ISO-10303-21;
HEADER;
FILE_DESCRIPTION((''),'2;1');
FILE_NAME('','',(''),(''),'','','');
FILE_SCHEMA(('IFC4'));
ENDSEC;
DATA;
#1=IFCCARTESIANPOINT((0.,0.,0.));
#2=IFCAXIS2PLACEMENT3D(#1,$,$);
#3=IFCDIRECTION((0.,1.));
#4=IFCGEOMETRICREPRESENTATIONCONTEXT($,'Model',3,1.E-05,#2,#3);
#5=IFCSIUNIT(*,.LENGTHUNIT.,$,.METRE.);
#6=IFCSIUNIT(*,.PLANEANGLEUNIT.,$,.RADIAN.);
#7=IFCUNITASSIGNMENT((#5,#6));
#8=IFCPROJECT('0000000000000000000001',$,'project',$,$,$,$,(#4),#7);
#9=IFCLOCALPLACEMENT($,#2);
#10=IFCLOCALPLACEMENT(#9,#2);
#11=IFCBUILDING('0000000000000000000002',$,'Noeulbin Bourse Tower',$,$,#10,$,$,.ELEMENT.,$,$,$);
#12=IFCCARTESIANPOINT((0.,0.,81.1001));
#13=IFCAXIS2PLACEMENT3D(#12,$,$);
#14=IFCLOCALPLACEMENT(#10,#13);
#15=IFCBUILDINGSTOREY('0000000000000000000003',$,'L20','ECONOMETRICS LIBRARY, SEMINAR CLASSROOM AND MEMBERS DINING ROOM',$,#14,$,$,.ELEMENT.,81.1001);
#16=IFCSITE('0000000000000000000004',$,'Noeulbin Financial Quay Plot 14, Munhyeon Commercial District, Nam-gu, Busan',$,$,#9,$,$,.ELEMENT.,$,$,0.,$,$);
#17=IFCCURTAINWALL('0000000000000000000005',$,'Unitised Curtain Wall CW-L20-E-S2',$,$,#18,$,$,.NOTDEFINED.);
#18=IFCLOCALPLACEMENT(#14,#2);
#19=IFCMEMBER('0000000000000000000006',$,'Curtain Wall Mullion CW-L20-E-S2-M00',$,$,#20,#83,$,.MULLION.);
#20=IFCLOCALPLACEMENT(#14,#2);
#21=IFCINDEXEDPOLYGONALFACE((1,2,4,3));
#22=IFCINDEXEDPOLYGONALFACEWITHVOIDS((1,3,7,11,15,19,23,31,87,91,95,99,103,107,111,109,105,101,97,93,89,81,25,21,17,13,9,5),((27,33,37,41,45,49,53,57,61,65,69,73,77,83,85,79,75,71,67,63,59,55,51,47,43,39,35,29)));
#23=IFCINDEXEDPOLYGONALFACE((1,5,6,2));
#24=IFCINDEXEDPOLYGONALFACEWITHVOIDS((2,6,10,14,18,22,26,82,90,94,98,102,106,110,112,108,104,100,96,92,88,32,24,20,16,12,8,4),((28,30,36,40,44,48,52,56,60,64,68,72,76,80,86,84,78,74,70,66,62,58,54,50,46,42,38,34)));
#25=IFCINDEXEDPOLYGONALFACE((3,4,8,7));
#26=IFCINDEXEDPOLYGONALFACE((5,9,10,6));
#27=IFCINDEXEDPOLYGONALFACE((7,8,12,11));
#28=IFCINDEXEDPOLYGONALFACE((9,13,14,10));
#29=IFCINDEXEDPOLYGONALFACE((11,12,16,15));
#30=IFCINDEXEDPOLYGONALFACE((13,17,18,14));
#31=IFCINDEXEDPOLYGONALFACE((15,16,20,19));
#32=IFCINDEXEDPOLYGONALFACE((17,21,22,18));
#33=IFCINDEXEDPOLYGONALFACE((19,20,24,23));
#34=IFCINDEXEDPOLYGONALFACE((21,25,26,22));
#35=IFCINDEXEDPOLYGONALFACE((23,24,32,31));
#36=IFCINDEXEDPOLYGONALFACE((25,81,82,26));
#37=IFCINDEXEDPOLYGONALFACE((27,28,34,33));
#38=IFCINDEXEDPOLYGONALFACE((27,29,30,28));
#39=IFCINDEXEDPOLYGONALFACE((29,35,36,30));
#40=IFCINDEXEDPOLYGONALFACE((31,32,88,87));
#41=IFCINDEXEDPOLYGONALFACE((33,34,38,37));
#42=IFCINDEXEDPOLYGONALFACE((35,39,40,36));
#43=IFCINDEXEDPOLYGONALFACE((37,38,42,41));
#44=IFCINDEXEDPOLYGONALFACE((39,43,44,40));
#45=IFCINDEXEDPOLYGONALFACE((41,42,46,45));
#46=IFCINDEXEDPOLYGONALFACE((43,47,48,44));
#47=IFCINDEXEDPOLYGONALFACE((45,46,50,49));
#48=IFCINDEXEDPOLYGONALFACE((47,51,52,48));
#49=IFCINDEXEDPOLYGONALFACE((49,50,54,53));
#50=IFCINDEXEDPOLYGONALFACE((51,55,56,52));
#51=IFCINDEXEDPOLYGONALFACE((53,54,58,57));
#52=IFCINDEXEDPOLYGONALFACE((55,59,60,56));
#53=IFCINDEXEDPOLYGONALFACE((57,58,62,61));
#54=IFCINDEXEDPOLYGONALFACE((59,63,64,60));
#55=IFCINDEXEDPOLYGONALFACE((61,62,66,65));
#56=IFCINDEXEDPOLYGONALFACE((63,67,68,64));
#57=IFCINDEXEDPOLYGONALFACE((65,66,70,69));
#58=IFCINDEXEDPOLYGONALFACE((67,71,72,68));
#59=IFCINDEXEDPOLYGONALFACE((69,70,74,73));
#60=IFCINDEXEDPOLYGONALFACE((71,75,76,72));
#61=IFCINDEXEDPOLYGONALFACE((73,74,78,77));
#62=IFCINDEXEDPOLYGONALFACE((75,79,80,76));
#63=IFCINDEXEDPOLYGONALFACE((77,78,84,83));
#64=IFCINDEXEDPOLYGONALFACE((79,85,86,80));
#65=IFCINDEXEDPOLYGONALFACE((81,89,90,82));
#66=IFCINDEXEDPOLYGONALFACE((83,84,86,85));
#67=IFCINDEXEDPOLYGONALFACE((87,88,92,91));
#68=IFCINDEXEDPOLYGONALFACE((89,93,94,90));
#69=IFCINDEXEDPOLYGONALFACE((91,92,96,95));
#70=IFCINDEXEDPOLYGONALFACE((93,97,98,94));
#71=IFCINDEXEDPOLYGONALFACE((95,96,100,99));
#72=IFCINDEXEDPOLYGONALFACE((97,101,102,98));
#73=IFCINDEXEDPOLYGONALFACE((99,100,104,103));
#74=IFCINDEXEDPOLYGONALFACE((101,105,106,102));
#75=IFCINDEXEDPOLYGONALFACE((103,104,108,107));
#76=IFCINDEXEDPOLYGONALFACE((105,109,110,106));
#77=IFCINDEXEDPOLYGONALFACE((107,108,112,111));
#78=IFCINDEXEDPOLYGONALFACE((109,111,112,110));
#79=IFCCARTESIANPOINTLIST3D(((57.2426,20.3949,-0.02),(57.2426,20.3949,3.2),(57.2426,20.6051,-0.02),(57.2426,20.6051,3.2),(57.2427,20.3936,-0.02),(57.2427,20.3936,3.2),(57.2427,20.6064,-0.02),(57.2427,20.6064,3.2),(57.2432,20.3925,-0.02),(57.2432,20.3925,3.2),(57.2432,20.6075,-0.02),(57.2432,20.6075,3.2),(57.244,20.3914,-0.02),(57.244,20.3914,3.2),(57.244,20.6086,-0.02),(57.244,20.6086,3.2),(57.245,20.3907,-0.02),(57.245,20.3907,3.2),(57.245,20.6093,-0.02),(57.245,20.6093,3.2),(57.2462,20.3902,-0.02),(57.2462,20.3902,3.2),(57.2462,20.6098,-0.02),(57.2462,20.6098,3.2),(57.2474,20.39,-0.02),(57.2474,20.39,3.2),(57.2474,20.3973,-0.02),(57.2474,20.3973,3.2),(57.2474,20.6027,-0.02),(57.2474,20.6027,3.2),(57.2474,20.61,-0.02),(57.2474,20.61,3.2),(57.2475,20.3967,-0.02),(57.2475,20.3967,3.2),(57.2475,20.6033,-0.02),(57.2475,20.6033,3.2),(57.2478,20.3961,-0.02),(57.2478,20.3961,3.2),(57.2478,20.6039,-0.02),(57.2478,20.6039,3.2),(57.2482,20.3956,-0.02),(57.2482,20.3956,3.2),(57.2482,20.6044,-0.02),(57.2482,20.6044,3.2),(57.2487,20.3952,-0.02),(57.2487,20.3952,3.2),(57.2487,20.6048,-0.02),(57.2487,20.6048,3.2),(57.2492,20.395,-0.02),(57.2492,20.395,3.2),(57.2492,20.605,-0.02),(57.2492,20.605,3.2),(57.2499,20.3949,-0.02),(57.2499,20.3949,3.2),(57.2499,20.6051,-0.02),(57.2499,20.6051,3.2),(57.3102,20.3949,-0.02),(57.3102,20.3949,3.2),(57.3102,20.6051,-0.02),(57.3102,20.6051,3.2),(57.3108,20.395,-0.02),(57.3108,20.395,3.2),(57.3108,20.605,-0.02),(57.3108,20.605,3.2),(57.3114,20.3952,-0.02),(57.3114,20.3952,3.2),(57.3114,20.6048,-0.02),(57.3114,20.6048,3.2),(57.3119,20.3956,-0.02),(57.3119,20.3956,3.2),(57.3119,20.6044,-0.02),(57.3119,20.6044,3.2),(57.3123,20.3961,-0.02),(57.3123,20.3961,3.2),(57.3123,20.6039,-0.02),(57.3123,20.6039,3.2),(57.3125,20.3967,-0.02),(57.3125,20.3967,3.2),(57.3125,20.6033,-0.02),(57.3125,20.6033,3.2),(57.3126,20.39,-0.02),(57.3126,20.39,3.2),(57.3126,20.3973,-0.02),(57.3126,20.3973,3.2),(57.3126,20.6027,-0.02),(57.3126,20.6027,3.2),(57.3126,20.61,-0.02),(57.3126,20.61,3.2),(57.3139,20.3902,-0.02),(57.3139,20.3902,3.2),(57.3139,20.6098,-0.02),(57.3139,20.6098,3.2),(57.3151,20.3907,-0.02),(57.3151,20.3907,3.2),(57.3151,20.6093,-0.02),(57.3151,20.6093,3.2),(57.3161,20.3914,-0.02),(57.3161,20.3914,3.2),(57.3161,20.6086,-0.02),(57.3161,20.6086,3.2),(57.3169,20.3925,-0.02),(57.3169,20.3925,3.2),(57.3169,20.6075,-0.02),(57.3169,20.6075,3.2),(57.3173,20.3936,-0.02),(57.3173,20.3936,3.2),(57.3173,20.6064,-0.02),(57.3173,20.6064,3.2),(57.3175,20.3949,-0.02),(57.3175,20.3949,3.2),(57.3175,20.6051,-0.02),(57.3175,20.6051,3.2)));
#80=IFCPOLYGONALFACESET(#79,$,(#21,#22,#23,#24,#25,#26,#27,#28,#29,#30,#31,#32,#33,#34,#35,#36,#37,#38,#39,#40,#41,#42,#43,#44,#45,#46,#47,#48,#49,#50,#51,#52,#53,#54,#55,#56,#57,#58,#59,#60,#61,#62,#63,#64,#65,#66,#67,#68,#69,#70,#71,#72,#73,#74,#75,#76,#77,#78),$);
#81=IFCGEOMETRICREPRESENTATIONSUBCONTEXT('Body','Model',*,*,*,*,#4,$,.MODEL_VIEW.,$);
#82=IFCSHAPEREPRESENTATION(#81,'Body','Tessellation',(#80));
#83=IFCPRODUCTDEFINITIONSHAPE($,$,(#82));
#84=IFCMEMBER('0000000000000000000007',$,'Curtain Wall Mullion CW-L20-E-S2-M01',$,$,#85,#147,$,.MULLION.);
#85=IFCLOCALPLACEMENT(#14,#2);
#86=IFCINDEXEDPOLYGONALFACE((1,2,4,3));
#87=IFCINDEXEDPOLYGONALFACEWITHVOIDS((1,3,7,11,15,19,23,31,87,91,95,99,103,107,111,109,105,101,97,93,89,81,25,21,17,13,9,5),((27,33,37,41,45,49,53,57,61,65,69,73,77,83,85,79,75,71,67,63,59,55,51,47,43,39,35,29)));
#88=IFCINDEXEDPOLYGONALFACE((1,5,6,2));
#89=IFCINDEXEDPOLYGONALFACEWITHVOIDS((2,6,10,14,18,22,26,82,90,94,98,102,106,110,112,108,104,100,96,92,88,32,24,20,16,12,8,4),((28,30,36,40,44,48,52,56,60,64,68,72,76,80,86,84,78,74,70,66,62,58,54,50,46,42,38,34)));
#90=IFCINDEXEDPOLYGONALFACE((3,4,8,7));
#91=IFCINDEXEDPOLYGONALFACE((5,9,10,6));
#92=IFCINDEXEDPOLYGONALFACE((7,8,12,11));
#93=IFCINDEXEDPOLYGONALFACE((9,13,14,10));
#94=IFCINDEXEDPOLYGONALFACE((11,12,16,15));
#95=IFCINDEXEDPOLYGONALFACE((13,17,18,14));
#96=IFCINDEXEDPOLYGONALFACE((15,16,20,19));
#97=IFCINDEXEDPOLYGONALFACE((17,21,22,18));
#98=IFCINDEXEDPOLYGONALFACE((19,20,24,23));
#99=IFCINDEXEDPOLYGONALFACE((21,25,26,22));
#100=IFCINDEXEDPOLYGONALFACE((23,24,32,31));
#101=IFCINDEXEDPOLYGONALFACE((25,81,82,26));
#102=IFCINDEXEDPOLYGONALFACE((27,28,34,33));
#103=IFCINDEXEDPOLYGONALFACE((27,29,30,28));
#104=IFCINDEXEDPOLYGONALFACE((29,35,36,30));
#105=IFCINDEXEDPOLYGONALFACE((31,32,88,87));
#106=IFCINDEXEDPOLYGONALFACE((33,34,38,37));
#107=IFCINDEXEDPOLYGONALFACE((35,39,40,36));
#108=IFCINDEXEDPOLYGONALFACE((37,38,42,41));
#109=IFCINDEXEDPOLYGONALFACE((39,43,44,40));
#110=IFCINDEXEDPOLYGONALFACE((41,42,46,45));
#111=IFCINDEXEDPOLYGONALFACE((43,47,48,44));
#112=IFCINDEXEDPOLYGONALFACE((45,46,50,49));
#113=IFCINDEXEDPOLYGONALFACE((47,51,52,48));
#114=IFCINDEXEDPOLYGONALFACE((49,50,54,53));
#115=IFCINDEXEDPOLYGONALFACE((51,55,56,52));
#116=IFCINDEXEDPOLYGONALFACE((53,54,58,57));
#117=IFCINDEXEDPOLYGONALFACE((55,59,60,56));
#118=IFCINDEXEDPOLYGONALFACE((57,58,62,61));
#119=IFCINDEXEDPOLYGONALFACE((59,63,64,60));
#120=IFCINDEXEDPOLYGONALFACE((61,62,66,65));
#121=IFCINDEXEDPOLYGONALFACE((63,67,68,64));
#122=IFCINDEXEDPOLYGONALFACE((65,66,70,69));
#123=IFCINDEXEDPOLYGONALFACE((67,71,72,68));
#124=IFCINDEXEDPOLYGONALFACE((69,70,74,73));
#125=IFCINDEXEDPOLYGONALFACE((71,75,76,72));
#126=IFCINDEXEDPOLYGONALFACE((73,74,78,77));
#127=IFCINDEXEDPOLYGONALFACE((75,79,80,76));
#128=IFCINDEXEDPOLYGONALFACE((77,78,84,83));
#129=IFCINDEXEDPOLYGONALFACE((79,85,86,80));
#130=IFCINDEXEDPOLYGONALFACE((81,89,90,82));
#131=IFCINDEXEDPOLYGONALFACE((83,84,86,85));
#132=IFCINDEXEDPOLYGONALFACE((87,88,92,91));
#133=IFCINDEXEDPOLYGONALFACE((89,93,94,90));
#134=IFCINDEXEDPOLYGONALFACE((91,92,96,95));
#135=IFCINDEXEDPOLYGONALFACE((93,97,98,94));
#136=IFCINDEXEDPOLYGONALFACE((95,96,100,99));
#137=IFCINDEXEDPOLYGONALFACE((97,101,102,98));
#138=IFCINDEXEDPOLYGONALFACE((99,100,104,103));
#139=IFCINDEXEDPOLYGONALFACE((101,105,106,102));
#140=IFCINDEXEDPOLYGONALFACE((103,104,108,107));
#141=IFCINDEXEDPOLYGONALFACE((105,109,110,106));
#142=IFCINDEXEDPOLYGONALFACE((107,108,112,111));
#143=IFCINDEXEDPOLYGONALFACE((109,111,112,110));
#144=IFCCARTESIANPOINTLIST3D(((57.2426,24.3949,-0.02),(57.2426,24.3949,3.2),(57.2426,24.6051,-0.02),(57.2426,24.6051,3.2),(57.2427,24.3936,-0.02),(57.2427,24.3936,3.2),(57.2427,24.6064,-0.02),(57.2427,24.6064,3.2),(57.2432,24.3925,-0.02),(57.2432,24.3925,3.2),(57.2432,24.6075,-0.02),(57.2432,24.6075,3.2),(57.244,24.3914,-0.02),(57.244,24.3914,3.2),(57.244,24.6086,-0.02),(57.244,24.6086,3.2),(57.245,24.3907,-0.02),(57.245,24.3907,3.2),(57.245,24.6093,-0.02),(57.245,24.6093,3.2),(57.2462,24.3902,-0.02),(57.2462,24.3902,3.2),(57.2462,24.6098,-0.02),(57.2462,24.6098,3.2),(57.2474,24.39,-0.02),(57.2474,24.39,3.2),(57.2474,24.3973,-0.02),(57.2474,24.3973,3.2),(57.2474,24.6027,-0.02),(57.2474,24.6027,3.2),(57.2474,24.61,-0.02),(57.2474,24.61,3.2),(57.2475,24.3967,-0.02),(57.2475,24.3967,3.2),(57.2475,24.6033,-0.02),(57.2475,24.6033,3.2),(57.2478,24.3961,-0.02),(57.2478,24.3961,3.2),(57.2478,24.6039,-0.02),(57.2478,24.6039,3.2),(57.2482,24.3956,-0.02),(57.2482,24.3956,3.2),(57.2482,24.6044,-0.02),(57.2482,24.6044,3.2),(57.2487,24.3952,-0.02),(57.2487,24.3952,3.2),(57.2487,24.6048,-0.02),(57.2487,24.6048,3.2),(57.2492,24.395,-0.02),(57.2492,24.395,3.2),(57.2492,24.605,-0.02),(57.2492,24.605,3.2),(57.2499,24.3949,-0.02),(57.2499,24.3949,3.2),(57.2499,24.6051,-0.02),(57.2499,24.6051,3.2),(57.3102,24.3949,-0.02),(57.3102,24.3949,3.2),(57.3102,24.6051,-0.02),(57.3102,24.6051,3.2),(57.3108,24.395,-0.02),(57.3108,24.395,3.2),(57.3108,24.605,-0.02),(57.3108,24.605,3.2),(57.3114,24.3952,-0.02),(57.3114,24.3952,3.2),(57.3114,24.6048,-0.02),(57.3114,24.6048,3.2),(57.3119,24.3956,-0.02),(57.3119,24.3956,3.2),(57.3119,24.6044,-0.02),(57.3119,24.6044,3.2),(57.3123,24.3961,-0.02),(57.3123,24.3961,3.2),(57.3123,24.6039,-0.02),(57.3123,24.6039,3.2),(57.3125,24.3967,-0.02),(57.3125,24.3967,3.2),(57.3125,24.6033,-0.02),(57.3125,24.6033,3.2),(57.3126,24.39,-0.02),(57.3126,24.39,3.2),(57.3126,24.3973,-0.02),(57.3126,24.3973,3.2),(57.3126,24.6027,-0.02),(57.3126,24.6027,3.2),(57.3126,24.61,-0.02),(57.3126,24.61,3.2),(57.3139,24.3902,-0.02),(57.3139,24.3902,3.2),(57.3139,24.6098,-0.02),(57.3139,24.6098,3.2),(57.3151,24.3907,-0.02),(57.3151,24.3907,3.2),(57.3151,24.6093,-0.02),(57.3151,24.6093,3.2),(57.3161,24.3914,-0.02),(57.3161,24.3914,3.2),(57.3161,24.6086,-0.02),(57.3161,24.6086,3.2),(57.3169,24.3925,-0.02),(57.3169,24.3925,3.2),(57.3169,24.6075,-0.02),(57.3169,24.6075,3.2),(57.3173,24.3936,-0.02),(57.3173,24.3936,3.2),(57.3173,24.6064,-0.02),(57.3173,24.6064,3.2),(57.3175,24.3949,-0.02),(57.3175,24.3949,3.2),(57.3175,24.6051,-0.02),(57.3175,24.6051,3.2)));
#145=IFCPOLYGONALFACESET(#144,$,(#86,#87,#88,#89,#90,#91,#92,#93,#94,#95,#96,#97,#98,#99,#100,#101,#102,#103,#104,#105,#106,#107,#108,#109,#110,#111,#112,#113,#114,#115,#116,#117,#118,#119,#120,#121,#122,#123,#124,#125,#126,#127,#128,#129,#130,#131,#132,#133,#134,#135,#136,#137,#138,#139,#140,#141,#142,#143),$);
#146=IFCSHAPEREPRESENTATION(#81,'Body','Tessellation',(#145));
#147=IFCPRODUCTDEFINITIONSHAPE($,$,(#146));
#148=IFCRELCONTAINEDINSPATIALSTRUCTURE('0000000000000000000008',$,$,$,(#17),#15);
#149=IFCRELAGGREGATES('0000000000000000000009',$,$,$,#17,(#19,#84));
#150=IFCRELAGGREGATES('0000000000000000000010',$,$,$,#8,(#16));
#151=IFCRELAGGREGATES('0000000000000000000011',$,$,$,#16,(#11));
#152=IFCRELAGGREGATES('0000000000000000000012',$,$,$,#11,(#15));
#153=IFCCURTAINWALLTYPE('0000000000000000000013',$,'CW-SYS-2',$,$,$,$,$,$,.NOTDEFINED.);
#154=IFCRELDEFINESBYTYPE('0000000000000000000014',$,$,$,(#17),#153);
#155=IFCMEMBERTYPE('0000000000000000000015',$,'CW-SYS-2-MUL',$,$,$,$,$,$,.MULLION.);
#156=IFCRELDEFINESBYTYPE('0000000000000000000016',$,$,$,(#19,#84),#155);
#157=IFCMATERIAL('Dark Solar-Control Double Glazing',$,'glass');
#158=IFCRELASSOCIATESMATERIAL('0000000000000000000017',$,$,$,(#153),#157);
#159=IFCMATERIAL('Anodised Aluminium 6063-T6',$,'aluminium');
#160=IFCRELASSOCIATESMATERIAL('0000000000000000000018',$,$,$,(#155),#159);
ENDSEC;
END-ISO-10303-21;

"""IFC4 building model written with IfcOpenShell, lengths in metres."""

from ifc_helpers import new_model, si_unit, direction, frame, origin, origin_2d, place, context, subcontext, project, spatial, hollow_rectangle, extrude, material, material_profile, profile_set, type_object, element, aggregate, save


model = new_model("IFC4")

# Units and contexts
model_context = context("Model", 3, precision=1e-05, world=origin(), true_north=direction((0.0, 1.0)))
body_context = subcontext(model_context, "Body", "Model", "MODEL_VIEW")
ifc_project = project(units=[si_unit("LENGTHUNIT", "METRE"), si_unit("PLANEANGLEUNIT", "RADIAN")], contexts=[model_context])

# Site, building, storey
site_placement = place(None, origin())
site = spatial("IfcSite", under=ifc_project, at=site_placement, Name="Noeulbin Financial Quay Plot 14, Munhyeon Commercial District, Nam-gu, Busan", CompositionType="ELEMENT", RefElevation=0.0)
building_placement = place(site_placement, origin())
building = spatial("IfcBuilding", under=site, at=building_placement, Name="Noeulbin Bourse Tower", CompositionType="ELEMENT")
storey_placement = place(building_placement, frame((0.0, 0.0, 81.1001)))
storey = spatial("IfcBuildingStorey", under=building, at=storey_placement, Name="L20", Description="ECONOMETRICS LIBRARY, SEMINAR CLASSROOM AND MEMBERS DINING ROOM", CompositionType="ELEMENT", Elevation=81.1001)

# Shared definitions
ifc_material_1 = material(Name="Dark Solar-Control Double Glazing", Category="glass")
curtain_wall_type = type_object("IfcCurtainWallType", Name="CW-SYS-2", PredefinedType="NOTDEFINED", material=ifc_material_1)
ifc_material_2 = material(Name="Anodised Aluminium 6063-T6", Category="aluminium")
ifc_material_profile_1 = material_profile(ifc_material_2, hollow_rectangle(XDim=0.075, YDim=0.22, WallThickness=0.0049, InnerFilletRadius=0.0024, OuterFilletRadius=0.0049, at=origin_2d()), Name="ALU-MULL-75x220x5", Category="LoadBearing")
ifc_profile_set_1 = profile_set([ifc_material_profile_1], Name="Anodised Aluminium 6063-T6")
member_type_1 = type_object("IfcMemberType", Name="CW-SYS-2-MUL", PredefinedType="MULLION", material=ifc_profile_set_1)

# Curtain wall, members
curtain_wall_1_placement = place(storey_placement, origin())
curtain_wall_1 = element("IfcCurtainWall", 1, at=curtain_wall_1_placement, inside=storey, type_object=curtain_wall_type, Name="Unitised Curtain Wall CW-L20-E-S2", PredefinedType="NOTDEFINED")
member_1_placement = place(storey_placement, frame((57.28, 20.5, -0.02), z_axis=(0.0, 0.0, 1.0), x_axis=(1.0, 0.0, 0.0)))
member_1 = element("IfcMember", 2, at=member_1_placement, type_object=member_type_1, Name="Curtain Wall Mullion CW-L20-E-S2-M00", PredefinedType="MULLION", context=body_context, shape_type="SweptSolid", body=[
    extrude(hollow_rectangle(XDim=0.075, YDim=0.22, WallThickness=0.0049, InnerFilletRadius=0.0024, OuterFilletRadius=0.0049, at=origin_2d()), origin(), (0.0, 0.0, 1.0), 3.22),
])
member_2_placement = place(storey_placement, frame((57.28, 24.5, -0.02), z_axis=(0.0, 0.0, 1.0), x_axis=(1.0, 0.0, 0.0)))
member_2 = element("IfcMember", 3, at=member_2_placement, type_object=member_type_1, Name="Curtain Wall Mullion CW-L20-E-S2-M01", PredefinedType="MULLION", context=body_context, shape_type="SweptSolid", body=[
    extrude(hollow_rectangle(XDim=0.075, YDim=0.22, WallThickness=0.0049, InnerFilletRadius=0.0024, OuterFilletRadius=0.0049, at=origin_2d()), origin(), (0.0, 0.0, 1.0), 3.22),
])

aggregate(curtain_wall_1, [member_1, member_2])

save(model, "model.ifc")
